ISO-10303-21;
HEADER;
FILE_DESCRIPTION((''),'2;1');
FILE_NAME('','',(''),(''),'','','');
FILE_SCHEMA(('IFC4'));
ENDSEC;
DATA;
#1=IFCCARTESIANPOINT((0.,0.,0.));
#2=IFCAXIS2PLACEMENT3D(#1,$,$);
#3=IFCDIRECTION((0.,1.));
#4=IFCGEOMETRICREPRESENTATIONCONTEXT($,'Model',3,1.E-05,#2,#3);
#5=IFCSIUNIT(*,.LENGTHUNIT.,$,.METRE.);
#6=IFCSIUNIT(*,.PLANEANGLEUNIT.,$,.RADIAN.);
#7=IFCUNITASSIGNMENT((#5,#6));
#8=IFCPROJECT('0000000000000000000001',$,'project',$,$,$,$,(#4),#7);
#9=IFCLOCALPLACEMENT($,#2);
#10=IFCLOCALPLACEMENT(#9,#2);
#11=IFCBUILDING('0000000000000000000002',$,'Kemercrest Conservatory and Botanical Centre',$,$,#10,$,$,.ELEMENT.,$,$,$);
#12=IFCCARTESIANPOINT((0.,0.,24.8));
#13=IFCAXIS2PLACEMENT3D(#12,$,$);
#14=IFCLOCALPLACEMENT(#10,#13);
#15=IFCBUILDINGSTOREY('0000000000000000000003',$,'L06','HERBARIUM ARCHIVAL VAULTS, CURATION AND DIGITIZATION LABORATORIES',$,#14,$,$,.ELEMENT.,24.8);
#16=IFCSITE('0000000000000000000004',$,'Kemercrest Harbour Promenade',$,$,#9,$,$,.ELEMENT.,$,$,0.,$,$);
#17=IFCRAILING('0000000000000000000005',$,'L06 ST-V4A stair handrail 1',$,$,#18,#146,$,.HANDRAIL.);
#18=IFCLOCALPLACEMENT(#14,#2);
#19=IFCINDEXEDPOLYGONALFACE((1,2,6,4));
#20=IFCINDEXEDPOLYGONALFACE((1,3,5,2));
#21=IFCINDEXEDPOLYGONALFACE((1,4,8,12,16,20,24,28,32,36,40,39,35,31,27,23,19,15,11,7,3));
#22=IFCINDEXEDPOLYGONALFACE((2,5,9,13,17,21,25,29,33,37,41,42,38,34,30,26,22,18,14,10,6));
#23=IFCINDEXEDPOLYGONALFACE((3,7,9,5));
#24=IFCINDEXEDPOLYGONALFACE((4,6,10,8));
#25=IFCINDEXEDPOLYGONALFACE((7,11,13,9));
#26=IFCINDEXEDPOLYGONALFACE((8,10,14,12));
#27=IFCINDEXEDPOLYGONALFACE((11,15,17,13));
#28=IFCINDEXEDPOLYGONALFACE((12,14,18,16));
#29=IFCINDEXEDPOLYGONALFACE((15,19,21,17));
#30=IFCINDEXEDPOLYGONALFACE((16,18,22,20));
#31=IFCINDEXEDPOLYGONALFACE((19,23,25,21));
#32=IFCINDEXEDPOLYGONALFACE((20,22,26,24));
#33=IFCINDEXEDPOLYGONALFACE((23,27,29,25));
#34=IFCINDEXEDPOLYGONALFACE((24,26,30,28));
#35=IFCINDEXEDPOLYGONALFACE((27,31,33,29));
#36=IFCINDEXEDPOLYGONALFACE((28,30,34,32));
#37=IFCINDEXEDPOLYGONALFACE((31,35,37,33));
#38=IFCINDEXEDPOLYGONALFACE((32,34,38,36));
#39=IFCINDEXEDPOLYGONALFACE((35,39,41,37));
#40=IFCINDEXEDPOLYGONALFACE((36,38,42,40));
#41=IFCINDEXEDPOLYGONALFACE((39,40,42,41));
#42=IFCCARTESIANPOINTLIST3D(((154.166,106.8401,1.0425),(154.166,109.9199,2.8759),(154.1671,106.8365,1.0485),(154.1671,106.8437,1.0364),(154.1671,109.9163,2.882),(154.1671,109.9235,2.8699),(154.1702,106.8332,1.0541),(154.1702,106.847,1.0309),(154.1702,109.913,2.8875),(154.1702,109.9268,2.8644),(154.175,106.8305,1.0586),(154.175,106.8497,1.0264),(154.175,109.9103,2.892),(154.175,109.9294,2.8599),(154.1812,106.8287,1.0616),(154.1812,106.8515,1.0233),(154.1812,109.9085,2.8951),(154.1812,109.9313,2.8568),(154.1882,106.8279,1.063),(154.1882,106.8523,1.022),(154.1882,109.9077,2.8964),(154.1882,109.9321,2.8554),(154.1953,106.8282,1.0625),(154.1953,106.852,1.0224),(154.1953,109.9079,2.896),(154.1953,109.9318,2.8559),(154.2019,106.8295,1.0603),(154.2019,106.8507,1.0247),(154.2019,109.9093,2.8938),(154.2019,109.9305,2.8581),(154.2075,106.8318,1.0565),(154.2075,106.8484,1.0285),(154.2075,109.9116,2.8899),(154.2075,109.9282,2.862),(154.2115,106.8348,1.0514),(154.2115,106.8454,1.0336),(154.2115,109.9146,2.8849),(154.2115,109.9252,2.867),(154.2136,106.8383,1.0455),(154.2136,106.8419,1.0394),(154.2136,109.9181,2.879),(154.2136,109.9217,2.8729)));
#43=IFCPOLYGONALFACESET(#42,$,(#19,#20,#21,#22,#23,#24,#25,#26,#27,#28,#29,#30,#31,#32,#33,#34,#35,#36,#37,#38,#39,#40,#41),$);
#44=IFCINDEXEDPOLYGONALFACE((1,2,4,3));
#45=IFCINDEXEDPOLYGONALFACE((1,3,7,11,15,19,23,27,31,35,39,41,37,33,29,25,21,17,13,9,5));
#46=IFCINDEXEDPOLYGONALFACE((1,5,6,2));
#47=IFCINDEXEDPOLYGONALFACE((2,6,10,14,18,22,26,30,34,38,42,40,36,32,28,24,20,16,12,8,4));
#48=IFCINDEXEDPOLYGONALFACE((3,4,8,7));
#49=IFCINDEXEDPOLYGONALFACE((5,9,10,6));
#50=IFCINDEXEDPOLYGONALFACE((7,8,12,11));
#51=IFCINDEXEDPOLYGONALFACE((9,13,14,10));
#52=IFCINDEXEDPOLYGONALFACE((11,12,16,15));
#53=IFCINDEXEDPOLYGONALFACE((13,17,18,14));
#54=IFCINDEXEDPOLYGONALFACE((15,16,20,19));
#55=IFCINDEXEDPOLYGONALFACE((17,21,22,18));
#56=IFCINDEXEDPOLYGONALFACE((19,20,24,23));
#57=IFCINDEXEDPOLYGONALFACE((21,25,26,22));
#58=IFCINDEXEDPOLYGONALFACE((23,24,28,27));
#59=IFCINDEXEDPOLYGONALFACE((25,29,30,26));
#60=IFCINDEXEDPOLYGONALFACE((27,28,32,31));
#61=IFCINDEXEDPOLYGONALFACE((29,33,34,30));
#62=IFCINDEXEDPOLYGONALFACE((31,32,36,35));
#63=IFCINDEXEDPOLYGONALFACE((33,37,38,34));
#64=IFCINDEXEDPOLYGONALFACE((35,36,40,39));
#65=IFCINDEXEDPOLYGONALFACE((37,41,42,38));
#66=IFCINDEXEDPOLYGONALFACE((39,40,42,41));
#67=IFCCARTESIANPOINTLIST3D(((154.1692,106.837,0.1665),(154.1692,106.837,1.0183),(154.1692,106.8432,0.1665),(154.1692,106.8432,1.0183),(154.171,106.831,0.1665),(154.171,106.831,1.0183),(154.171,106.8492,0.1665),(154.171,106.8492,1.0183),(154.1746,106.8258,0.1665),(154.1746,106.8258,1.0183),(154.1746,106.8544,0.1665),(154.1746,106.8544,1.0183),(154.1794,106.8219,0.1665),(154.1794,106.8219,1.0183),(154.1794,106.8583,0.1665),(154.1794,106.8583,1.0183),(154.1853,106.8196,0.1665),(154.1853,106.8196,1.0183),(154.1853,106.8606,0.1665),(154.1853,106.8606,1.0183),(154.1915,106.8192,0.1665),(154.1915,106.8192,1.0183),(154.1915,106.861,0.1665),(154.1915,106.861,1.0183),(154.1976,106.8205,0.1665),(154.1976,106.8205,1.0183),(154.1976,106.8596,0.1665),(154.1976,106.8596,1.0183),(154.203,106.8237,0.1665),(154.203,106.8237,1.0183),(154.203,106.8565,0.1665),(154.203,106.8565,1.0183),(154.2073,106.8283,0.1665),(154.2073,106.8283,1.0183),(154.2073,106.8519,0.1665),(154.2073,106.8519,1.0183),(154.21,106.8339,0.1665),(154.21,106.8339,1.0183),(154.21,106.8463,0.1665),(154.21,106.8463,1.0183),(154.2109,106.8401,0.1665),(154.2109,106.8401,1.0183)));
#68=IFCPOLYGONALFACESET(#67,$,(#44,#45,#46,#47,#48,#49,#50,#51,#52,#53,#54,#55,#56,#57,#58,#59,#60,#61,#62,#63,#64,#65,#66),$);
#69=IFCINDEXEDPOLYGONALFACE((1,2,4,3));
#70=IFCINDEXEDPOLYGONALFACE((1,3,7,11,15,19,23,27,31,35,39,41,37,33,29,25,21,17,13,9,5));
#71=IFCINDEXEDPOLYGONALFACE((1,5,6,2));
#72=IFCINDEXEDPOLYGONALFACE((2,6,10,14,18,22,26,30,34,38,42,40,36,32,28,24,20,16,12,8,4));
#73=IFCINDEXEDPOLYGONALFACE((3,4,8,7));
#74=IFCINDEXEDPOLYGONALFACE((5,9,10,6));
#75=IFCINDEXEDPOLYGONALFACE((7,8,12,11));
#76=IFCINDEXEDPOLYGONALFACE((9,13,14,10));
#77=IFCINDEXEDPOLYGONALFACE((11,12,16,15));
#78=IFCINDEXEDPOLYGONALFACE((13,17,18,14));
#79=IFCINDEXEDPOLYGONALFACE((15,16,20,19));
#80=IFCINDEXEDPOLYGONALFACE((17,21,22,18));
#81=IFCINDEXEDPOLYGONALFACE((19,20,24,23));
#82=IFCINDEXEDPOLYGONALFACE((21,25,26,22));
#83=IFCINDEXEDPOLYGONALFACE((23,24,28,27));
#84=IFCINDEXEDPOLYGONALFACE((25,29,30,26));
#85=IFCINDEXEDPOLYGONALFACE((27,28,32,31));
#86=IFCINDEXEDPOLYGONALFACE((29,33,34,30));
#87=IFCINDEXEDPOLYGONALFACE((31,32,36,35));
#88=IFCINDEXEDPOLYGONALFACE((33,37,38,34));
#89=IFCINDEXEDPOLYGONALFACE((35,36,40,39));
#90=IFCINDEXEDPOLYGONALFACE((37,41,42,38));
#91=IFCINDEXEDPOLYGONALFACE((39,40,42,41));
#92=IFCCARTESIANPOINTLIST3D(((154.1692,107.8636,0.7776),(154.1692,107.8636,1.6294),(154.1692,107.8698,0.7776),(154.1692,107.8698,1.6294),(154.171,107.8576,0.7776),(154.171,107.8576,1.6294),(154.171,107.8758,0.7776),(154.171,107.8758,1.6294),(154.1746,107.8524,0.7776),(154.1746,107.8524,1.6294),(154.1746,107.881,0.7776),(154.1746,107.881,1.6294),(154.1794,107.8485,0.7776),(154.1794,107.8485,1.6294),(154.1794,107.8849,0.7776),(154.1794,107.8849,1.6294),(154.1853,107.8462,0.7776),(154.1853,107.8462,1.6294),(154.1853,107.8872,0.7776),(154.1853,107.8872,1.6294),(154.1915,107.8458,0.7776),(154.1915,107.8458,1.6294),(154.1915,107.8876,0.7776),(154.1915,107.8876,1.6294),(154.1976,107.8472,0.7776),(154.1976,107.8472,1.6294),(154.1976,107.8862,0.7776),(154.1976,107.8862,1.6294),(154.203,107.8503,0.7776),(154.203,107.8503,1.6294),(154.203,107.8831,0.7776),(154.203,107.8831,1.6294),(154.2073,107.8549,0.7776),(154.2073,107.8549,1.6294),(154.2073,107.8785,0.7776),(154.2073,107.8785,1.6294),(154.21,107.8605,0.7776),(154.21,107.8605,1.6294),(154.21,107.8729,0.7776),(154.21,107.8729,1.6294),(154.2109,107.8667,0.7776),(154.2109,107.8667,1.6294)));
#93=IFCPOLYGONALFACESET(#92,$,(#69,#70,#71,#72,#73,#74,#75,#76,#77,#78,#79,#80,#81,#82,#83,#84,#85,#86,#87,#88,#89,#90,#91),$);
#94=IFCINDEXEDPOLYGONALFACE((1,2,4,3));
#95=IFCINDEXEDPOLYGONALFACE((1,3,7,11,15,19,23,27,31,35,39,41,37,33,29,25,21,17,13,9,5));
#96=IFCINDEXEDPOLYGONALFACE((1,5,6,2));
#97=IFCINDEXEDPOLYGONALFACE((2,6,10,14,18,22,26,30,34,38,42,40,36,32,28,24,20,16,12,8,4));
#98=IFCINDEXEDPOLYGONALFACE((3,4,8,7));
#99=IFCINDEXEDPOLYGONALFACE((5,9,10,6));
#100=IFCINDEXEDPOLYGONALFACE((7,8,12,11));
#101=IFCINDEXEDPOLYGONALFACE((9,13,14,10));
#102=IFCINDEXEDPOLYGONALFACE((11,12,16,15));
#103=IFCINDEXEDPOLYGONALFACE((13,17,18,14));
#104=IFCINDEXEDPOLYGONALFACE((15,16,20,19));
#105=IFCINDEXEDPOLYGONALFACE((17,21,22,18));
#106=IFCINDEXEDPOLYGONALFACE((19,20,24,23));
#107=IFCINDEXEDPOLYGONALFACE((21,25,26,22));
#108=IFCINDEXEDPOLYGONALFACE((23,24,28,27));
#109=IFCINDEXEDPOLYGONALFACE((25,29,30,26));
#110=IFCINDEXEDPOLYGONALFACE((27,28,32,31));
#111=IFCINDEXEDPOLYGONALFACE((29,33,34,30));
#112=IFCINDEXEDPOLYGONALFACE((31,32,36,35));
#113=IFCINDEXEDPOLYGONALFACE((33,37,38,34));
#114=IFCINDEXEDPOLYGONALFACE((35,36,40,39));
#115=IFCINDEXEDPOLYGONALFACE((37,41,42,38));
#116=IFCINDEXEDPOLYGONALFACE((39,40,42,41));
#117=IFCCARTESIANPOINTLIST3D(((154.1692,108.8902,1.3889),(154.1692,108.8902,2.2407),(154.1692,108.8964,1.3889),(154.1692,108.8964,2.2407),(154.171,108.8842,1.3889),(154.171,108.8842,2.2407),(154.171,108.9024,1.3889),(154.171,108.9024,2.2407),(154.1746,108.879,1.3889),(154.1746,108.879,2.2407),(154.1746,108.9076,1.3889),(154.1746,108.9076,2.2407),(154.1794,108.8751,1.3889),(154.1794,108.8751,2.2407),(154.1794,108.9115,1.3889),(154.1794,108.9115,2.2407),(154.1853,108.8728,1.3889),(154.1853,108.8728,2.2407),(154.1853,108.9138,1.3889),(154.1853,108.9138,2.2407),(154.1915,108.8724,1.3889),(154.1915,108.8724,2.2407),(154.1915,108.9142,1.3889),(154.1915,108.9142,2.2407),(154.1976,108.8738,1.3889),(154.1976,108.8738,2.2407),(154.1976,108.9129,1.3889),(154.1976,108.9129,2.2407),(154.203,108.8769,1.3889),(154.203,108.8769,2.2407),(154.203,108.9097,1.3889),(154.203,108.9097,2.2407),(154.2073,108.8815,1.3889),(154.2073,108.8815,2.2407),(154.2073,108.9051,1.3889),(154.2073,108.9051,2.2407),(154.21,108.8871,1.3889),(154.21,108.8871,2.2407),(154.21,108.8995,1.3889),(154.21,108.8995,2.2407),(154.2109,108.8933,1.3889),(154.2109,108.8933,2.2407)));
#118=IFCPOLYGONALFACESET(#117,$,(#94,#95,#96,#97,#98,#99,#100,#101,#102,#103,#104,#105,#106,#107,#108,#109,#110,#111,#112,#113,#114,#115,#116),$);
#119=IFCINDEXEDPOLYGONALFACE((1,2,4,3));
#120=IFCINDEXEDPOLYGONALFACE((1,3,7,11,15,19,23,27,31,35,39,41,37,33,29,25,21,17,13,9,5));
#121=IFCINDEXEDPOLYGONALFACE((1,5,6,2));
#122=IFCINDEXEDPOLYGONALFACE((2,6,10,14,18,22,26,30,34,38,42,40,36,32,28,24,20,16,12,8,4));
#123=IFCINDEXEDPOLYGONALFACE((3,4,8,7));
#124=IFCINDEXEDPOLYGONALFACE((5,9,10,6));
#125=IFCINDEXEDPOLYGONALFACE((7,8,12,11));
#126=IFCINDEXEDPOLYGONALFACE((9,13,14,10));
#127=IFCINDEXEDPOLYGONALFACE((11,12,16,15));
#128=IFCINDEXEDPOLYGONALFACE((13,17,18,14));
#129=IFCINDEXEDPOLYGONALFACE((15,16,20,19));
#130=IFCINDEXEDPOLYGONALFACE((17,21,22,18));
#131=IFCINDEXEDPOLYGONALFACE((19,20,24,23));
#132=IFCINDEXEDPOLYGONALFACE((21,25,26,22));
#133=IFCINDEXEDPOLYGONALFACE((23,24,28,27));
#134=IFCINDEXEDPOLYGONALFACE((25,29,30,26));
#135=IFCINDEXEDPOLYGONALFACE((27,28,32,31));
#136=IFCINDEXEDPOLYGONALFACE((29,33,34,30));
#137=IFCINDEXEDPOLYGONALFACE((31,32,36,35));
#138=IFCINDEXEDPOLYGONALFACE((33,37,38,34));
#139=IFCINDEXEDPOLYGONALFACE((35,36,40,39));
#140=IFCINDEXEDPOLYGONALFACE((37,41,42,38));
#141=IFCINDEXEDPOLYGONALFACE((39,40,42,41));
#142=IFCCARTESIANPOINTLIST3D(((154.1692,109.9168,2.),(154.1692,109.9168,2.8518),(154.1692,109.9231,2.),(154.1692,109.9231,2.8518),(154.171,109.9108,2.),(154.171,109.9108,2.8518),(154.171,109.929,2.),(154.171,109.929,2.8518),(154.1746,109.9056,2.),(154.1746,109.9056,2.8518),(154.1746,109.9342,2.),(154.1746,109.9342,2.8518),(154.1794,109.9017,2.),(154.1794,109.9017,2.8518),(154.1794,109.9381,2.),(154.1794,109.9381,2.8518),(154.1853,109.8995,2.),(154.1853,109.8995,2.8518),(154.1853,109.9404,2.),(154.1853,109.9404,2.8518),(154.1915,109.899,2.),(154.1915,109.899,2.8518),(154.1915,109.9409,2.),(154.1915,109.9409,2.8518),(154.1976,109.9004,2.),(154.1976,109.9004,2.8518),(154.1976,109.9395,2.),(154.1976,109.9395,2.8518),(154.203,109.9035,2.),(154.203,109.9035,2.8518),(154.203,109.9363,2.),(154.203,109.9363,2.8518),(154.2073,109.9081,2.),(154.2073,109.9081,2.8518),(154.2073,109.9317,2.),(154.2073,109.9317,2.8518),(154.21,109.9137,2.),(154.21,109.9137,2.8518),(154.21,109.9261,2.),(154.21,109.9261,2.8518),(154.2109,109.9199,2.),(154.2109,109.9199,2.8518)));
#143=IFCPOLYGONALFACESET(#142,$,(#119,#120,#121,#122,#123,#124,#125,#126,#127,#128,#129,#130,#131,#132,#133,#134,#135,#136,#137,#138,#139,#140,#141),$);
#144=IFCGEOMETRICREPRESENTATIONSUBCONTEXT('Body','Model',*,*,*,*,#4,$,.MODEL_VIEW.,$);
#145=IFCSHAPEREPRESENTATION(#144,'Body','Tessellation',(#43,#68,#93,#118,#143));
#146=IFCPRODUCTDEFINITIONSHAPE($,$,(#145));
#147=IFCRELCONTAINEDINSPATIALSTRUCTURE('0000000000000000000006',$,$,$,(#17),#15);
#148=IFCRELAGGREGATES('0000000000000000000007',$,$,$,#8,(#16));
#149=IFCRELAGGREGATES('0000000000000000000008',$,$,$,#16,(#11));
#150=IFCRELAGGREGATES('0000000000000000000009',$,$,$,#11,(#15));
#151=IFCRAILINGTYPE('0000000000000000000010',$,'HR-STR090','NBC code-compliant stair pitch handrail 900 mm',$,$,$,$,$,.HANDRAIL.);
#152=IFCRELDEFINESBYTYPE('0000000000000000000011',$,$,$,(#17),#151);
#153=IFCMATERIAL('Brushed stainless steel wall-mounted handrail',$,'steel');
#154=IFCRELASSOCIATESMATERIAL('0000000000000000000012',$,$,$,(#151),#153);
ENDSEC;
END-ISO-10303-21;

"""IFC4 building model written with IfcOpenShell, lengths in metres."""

from ifc_helpers import new_model, si_unit, direction, frame, origin, origin_2d, place, context, subcontext, project, spatial, circle, extrude, material, type_object, element, save


model = new_model("IFC4")

# Units and contexts
model_context = context("Model", 3, precision=1e-05, world=origin(), true_north=direction((0.0, 1.0)))
body_context = subcontext(model_context, "Body", "Model", "MODEL_VIEW")
ifc_project = project(units=[si_unit("LENGTHUNIT", "METRE"), si_unit("PLANEANGLEUNIT", "RADIAN")], contexts=[model_context])

# Site, building, storey
site_placement = place(None, origin())
site = spatial("IfcSite", under=ifc_project, at=site_placement, Name="Kemercrest Harbour Promenade", CompositionType="ELEMENT", RefElevation=0.0)
building_placement = place(site_placement, origin())
building = spatial("IfcBuilding", under=site, at=building_placement, Name="Kemercrest Conservatory and Botanical Centre", CompositionType="ELEMENT")
storey_placement = place(building_placement, frame((0.0, 0.0, 24.8)))
storey = spatial("IfcBuildingStorey", under=building, at=storey_placement, Name="L06", Description="HERBARIUM ARCHIVAL VAULTS, CURATION AND DIGITIZATION LABORATORIES", CompositionType="ELEMENT", Elevation=24.8)

# Railing
ifc_material_1 = material(Name="Brushed stainless steel wall-mounted handrail", Category="steel")
railing_type_1 = type_object("IfcRailingType", Name="HR-STR090", Description="NBC code-compliant stair pitch handrail 900 mm", PredefinedType="HANDRAIL", material=ifc_material_1)
railing_1_placement = place(storey_placement, frame((154.1899, 106.8401, 0.1665)))
element("IfcRailing", 1, at=railing_1_placement, inside=storey, type_object=railing_type_1, Name="L06 ST-V4A stair handrail 1", PredefinedType="HANDRAIL", context=body_context, shape_type="SweptSolid", body=[
    extrude(circle(Radius=0.0239, at=origin_2d()), frame((0.0, 0.0, 0.876), z_axis=(0.0, 0.859261, 0.511538), x_axis=(-1.0, 0.0, 0.0)), (0.0, 0.0, 1.0), 3.5842),
    extrude(circle(Radius=0.021, at=origin_2d()), origin(), (0.0, 0.0, 1.0), 0.8518),
    extrude(circle(Radius=0.021, at=origin_2d()), frame((0.0, 1.0266, 0.6111)), (0.0, 0.0, 1.0), 0.8518),
    extrude(circle(Radius=0.021, at=origin_2d()), frame((0.0, 2.0532, 1.2224)), (0.0, 0.0, 1.0), 0.8518),
    extrude(circle(Radius=0.021, at=origin_2d()), frame((0.0, 3.0798, 1.8335)), (0.0, 0.0, 1.0), 0.8518),
])

save(model, "model.ifc")
